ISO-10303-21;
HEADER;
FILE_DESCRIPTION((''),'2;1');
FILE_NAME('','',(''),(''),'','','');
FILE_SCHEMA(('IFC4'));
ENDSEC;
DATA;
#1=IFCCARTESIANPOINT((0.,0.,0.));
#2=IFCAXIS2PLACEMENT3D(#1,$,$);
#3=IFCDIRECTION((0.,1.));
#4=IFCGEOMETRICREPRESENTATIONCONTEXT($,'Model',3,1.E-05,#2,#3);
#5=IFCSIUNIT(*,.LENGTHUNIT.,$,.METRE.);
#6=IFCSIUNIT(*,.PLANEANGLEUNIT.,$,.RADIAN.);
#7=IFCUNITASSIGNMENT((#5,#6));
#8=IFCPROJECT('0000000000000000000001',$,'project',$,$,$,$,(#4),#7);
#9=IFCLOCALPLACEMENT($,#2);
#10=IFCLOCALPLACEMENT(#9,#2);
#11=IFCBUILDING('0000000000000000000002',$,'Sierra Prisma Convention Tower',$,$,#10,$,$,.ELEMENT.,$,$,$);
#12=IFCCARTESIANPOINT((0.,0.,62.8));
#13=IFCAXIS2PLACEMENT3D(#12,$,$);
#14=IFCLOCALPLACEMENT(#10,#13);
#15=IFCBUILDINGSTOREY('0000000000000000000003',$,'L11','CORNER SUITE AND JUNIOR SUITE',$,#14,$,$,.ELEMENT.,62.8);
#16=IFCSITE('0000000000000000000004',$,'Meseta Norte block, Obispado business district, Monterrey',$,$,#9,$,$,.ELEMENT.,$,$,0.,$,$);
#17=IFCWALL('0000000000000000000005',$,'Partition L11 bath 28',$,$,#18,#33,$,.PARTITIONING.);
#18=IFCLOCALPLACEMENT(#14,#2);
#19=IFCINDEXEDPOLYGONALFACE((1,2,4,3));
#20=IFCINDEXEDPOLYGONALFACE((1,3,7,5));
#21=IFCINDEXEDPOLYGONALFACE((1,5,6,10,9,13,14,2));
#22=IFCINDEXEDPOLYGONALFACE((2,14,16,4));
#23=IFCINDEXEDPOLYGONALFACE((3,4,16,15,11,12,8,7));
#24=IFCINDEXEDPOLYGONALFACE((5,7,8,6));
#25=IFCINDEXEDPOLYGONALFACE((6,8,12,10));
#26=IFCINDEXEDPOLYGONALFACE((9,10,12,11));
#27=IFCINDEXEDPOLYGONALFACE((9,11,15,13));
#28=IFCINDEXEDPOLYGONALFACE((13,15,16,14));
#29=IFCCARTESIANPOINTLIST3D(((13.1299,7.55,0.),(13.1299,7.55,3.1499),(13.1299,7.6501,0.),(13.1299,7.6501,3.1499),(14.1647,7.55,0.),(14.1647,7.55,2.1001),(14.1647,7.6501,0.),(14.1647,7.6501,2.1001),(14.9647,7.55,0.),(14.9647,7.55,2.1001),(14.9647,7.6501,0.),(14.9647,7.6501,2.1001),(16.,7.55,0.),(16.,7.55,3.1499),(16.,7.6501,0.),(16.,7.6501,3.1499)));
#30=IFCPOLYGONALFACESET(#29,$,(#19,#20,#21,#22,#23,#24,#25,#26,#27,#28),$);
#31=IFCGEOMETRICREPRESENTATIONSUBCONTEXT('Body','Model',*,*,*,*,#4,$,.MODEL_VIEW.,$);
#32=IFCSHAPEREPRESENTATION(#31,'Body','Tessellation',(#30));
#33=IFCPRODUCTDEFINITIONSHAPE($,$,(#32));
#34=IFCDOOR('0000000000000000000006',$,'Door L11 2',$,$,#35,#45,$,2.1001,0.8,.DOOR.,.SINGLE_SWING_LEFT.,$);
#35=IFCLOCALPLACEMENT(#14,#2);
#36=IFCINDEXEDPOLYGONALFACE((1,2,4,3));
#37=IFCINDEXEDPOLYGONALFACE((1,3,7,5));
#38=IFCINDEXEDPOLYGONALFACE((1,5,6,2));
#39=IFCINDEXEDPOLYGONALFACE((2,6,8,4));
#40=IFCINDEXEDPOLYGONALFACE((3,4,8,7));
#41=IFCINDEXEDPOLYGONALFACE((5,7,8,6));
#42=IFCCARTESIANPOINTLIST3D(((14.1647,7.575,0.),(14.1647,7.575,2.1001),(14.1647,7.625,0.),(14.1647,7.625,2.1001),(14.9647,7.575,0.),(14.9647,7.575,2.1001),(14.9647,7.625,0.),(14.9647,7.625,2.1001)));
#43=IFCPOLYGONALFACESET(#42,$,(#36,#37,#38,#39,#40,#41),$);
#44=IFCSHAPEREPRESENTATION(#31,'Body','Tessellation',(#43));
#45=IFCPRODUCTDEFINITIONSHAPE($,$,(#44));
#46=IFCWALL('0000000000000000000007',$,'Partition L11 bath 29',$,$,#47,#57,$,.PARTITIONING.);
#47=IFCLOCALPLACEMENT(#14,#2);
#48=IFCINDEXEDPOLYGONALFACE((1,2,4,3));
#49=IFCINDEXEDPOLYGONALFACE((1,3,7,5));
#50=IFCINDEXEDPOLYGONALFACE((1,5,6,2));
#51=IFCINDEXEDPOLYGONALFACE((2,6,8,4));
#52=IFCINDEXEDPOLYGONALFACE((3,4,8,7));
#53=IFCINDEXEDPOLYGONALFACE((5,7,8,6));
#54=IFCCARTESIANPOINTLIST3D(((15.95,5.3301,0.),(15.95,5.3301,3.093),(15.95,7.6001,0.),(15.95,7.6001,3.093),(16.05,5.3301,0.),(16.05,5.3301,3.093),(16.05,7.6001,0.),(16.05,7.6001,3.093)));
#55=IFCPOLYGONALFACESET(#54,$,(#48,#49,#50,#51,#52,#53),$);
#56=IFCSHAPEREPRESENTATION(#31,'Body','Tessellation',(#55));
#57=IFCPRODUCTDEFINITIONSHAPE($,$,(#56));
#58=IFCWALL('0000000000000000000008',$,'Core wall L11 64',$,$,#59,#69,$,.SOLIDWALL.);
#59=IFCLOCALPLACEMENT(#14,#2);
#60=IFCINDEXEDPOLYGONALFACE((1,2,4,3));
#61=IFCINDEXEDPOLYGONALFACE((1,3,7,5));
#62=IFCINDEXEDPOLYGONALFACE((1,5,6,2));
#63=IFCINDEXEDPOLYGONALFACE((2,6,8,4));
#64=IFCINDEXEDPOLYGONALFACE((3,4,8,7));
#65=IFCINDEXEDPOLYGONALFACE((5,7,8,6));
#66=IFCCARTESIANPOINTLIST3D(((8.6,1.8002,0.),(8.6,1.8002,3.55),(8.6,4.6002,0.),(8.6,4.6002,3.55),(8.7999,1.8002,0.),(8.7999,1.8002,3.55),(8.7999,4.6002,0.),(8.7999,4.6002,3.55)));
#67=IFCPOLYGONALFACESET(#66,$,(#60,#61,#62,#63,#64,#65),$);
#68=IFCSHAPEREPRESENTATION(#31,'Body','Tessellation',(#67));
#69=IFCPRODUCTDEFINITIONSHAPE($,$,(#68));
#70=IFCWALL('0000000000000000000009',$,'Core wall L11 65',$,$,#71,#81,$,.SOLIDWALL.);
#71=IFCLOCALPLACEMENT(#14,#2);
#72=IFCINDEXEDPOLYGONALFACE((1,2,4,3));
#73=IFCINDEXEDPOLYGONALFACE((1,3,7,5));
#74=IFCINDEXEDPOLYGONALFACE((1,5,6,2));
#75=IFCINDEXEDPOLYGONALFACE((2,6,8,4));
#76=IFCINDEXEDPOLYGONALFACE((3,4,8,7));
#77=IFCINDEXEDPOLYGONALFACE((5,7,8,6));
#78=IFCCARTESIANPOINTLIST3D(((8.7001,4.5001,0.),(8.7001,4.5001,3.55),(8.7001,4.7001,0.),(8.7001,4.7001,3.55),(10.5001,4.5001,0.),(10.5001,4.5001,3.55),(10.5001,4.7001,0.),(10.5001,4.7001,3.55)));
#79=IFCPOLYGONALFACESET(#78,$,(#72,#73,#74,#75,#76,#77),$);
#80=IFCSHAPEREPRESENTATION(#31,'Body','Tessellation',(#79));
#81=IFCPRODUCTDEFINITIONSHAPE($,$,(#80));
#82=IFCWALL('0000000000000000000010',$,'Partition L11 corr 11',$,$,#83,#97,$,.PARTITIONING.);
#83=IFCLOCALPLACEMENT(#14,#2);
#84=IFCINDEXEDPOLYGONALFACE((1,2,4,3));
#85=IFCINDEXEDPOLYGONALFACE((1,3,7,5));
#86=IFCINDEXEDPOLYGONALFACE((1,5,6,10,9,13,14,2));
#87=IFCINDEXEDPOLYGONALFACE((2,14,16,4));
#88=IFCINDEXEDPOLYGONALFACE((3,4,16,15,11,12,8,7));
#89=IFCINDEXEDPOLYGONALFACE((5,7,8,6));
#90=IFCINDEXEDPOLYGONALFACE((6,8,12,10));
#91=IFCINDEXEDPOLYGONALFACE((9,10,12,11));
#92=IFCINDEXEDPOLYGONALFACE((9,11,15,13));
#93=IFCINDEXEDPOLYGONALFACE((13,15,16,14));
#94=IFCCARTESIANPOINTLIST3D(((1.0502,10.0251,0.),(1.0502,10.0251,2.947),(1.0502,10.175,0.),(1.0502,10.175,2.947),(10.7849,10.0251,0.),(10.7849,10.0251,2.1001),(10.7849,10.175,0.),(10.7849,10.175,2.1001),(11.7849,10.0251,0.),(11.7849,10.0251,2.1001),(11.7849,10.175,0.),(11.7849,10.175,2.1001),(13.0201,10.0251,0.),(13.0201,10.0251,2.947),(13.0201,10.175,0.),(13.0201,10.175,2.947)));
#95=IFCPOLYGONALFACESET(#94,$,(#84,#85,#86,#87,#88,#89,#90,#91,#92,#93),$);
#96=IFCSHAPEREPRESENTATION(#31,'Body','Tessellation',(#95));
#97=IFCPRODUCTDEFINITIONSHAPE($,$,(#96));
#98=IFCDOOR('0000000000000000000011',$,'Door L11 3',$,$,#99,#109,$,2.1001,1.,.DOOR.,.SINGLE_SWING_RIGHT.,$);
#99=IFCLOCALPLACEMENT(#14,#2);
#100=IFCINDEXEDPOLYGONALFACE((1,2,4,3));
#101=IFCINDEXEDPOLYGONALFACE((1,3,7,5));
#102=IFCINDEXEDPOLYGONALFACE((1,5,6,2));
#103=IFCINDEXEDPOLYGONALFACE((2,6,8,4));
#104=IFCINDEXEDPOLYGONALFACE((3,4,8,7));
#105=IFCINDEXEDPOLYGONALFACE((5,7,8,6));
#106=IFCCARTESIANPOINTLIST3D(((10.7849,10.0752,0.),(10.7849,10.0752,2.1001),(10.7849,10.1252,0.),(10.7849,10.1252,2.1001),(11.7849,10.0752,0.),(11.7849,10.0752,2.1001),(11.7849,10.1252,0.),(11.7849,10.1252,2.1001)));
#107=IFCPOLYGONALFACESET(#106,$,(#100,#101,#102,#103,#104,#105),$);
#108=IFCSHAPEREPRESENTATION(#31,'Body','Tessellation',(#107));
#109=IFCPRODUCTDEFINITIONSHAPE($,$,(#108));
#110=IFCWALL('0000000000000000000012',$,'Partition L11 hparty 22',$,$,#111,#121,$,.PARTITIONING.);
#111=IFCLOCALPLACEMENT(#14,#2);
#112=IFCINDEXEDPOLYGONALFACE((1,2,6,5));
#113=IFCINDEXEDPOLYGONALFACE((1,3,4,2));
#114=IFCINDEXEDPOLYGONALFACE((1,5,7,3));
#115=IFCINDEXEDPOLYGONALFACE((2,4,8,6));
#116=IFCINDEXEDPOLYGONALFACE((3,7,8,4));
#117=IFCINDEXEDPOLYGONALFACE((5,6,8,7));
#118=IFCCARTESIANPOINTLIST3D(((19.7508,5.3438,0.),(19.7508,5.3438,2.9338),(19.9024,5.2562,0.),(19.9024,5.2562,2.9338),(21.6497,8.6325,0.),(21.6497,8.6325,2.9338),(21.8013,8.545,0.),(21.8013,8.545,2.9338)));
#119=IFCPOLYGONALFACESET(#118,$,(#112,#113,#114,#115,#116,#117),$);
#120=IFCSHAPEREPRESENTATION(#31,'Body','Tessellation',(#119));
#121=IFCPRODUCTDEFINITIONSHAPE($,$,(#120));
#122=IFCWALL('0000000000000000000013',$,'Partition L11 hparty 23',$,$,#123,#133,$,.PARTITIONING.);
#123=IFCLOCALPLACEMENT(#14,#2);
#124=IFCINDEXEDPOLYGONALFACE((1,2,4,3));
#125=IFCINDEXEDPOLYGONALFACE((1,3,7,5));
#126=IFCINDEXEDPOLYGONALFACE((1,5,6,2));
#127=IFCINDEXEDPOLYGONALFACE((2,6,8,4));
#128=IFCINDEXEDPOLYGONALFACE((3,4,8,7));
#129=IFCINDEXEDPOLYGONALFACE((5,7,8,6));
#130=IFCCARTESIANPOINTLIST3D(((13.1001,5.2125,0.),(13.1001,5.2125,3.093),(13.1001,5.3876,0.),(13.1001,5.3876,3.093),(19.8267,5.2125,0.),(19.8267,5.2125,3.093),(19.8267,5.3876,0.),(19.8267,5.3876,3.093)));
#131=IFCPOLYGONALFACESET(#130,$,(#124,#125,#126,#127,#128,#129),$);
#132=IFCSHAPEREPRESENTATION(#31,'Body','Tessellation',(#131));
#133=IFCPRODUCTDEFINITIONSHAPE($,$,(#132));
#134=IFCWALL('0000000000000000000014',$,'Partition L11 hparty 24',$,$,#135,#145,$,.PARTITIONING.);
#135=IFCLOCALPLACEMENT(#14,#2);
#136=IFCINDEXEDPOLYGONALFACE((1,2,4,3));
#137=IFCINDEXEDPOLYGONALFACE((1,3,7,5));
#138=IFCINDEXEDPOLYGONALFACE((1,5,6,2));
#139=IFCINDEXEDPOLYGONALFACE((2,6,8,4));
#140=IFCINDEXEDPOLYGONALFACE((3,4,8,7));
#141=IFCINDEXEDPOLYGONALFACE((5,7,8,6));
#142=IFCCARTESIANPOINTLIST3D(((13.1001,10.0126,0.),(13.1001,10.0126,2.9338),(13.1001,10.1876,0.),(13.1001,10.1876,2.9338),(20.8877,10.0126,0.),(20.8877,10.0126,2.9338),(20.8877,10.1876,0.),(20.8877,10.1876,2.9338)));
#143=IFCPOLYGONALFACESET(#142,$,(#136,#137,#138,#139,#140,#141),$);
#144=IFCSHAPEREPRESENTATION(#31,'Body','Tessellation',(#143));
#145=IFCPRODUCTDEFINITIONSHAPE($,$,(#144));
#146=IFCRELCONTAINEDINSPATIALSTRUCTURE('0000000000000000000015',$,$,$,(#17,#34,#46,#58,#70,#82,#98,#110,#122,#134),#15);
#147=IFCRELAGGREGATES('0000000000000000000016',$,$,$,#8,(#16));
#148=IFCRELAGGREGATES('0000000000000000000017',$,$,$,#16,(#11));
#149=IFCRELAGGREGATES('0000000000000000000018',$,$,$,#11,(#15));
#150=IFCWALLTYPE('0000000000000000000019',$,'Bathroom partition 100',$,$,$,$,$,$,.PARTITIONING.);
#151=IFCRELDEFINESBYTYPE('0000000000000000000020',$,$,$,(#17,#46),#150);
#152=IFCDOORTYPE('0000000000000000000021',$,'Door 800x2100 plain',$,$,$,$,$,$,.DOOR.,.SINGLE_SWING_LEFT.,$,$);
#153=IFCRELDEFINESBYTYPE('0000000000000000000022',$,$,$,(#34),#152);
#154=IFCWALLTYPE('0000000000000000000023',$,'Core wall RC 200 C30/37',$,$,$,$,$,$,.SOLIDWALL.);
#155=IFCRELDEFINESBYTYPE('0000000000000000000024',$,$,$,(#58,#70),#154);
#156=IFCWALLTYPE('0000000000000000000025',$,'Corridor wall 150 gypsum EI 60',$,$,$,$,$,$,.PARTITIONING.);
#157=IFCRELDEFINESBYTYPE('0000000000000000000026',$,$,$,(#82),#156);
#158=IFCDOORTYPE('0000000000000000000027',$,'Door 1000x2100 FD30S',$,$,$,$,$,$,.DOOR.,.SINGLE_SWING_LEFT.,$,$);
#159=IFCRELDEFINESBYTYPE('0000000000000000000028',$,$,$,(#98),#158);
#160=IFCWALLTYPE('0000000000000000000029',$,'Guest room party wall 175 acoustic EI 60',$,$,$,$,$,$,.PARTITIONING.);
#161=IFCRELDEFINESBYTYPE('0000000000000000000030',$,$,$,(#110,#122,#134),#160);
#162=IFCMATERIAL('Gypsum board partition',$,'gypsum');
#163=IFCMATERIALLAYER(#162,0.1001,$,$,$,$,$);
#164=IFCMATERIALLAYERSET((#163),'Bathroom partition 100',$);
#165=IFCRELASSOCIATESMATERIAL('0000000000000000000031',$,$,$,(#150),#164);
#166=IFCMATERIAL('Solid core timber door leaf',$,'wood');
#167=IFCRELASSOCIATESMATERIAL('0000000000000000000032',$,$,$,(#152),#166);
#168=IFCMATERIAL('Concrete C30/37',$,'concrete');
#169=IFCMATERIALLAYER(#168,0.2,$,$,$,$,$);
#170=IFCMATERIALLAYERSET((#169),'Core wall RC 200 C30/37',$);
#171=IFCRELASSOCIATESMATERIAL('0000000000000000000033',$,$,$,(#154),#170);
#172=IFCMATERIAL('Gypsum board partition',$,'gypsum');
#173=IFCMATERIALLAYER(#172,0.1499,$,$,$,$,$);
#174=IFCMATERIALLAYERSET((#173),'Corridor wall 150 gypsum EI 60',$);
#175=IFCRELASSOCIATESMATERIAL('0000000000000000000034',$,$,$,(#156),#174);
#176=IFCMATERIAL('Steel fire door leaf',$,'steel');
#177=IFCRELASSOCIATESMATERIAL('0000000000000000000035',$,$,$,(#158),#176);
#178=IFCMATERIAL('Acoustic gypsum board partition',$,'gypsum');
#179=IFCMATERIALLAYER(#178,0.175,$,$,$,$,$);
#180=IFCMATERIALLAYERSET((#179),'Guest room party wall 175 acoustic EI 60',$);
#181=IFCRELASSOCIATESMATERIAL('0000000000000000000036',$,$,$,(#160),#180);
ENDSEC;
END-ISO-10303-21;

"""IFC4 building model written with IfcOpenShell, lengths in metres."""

from ifc_helpers import new_model, si_unit, direction, frame, frame_2d, origin, place, context, subcontext, project, spatial, rectangle, extrude, material, layer, layer_set, type_object, element, fill, save


model = new_model("IFC4")

# Units and contexts
model_context = context("Model", 3, precision=1e-05, world=origin(), true_north=direction((0.0, 1.0)))
body_context = subcontext(model_context, "Body", "Model", "MODEL_VIEW")
ifc_project = project(units=[si_unit("LENGTHUNIT", "METRE"), si_unit("PLANEANGLEUNIT", "RADIAN")], contexts=[model_context])

# Site, building, storey
site_placement = place(None, origin())
site = spatial("IfcSite", under=ifc_project, at=site_placement, Name="Meseta Norte block, Obispado business district, Monterrey", CompositionType="ELEMENT", RefElevation=0.0)
building_placement = place(site_placement, origin())
building = spatial("IfcBuilding", under=site, at=building_placement, Name="Sierra Prisma Convention Tower", CompositionType="ELEMENT")
storey_placement = place(building_placement, frame((0.0, 0.0, 62.8)))
storey = spatial("IfcBuildingStorey", under=building, at=storey_placement, Name="L11", Description="CORNER SUITE AND JUNIOR SUITE", CompositionType="ELEMENT", Elevation=62.8)

# Wall, opening, door
ifc_material_1 = material(Name="Gypsum board partition", Category="gypsum")
ifc_layer_1 = layer(ifc_material_1, 0.1001)
ifc_layer_set_1 = layer_set([ifc_layer_1], Name="Bathroom partition 100")
wall_type_1 = type_object("IfcWallType", Name="Bathroom partition 100", PredefinedType="PARTITIONING", material=ifc_layer_set_1)
wall_1_placement = place(storey_placement, frame((13.1299, 7.6001, 0.0), z_axis=(0.0, 0.0, 1.0), x_axis=(1.0, 0.0, 0.0)))
wall_1 = element("IfcWall", 1, at=wall_1_placement, inside=storey, type_object=wall_type_1, Name="Partition L11 bath 28", PredefinedType="PARTITIONING", context=body_context, shape_type="SweptSolid", body=[
    extrude(rectangle(XDim=2.8701, YDim=0.1001, at=frame_2d((1.4351, 0.0))), origin(), (0.0, 0.0, 1.0), 3.1499),
])
opening_1_placement = place(wall_1_placement, frame((1.0349, 0.0, 0.0)))
opening_1 = element("IfcOpeningElement", 2, at=opening_1_placement, cuts=wall_1, PredefinedType="OPENING", context=body_context, shape_type="SweptSolid", body=[
    extrude(rectangle(XDim=0.8, YDim=2.1001, at=frame_2d((0.3999, 1.05))), frame((0.0, 0.05, 0.0), z_axis=(0.0, -1.0, 0.0), x_axis=(1.0, 0.0, 0.0)), (0.0, 0.0, 1.0), 0.1001),
])
ifc_material_2 = material(Name="Solid core timber door leaf", Category="wood")
door_type_1 = type_object("IfcDoorType", Name="Door 800x2100 plain", OperationType="SINGLE_SWING_LEFT", PredefinedType="DOOR", material=ifc_material_2)
door_1_placement = place(opening_1_placement, origin())
door_1 = element("IfcDoor", 3, at=door_1_placement, inside=storey, type_object=door_type_1, Name="Door L11 2", OperationType="SINGLE_SWING_LEFT", OverallHeight=2.1001, OverallWidth=0.8, PredefinedType="DOOR", context=body_context, shape_type="SweptSolid", body=[
    extrude(rectangle(XDim=0.8, YDim=2.1001, at=frame_2d((0.3999, 1.05))), frame((0.0, 0.0249, 0.0), z_axis=(0.0, -1.0, 0.0), x_axis=(1.0, 0.0, 0.0)), (0.0, 0.0, 1.0), 0.05),
])
fill(opening_1, door_1)

# Wall
wall_2_placement = place(storey_placement, frame((16.0, 7.6001, 0.0), z_axis=(0.0, 0.0, 1.0), x_axis=(0.0, -1.0, 0.0)))
element("IfcWall", 4, at=wall_2_placement, inside=storey, type_object=wall_type_1, Name="Partition L11 bath 29", PredefinedType="PARTITIONING", context=body_context, shape_type="SweptSolid", body=[
    extrude(rectangle(XDim=2.27, YDim=0.1001, at=frame_2d((1.135, 0.0))), origin(), (0.0, 0.0, 1.0), 3.093),
])

# Shared definitions
ifc_material_3 = material(Name="Concrete C30/37", Category="concrete")
ifc_layer_2 = layer(ifc_material_3, 0.2)
ifc_layer_set_2 = layer_set([ifc_layer_2], Name="Core wall RC 200 C30/37")
wall_type_2 = type_object("IfcWallType", Name="Core wall RC 200 C30/37", PredefinedType="SOLIDWALL", material=ifc_layer_set_2)

# Walls
wall_3_placement = place(storey_placement, frame((8.7, 4.6001, 0.0), z_axis=(0.0, 0.0, 1.0), x_axis=(0.0, -1.0, 0.0)))
element("IfcWall", 5, at=wall_3_placement, inside=storey, type_object=wall_type_2, Name="Core wall L11 64", PredefinedType="SOLIDWALL", context=body_context, shape_type="SweptSolid", body=[
    extrude(rectangle(XDim=2.8, YDim=0.2, at=frame_2d((1.3999, 0.0))), origin(), (0.0, 0.0, 1.0), 3.55),
])
wall_4_placement = place(storey_placement, frame((10.5, 4.6001, 0.0), z_axis=(0.0, 0.0, 1.0), x_axis=(-1.0, 0.0, 0.0)))
element("IfcWall", 6, at=wall_4_placement, inside=storey, type_object=wall_type_2, Name="Core wall L11 65", PredefinedType="SOLIDWALL", context=body_context, shape_type="SweptSolid", body=[
    extrude(rectangle(XDim=1.8, YDim=0.2, at=frame_2d((0.8999, 0.0))), origin(), (0.0, 0.0, 1.0), 3.55),
])

# Wall, opening, door
ifc_material_4 = material(Name="Gypsum board partition", Category="gypsum")
ifc_layer_3 = layer(ifc_material_4, 0.1499)
ifc_layer_set_3 = layer_set([ifc_layer_3], Name="Corridor wall 150 gypsum EI 60")
wall_type_3 = type_object("IfcWallType", Name="Corridor wall 150 gypsum EI 60", PredefinedType="PARTITIONING", material=ifc_layer_set_3)
wall_5_placement = place(storey_placement, frame((13.02, 10.1001, 0.0), z_axis=(0.0, 0.0, 1.0), x_axis=(-1.0, 0.0, 0.0)))
wall_5 = element("IfcWall", 7, at=wall_5_placement, inside=storey, type_object=wall_type_3, Name="Partition L11 corr 11", PredefinedType="PARTITIONING", context=body_context, shape_type="SweptSolid", body=[
    extrude(rectangle(XDim=11.97, YDim=0.1499, at=frame_2d((5.9849, 0.0))), origin(), (0.0, 0.0, 1.0), 2.947),
])
opening_2_placement = place(wall_5_placement, frame((1.2351, 0.0, 0.0)))
opening_2 = element("IfcOpeningElement", 8, at=opening_2_placement, cuts=wall_5, PredefinedType="OPENING", context=body_context, shape_type="SweptSolid", body=[
    extrude(rectangle(XDim=1.0, YDim=2.1001, at=frame_2d((0.5, 1.05))), frame((0.0, 0.075, 0.0), z_axis=(0.0, -1.0, 0.0), x_axis=(1.0, 0.0, 0.0)), (0.0, 0.0, 1.0), 0.1499),
])
ifc_material_5 = material(Name="Steel fire door leaf", Category="steel")
door_type_2 = type_object("IfcDoorType", Name="Door 1000x2100 FD30S", OperationType="SINGLE_SWING_LEFT", PredefinedType="DOOR", material=ifc_material_5)
door_2_placement = place(opening_2_placement, origin())
door_2 = element("IfcDoor", 9, at=door_2_placement, inside=storey, type_object=door_type_2, Name="Door L11 3", OperationType="SINGLE_SWING_RIGHT", OverallHeight=2.1001, OverallWidth=1.0, PredefinedType="DOOR", context=body_context, shape_type="SweptSolid", body=[
    extrude(rectangle(XDim=1.0, YDim=2.1001, at=frame_2d((0.5, 1.05))), frame((0.0, 0.0249, 0.0), z_axis=(0.0, -1.0, 0.0), x_axis=(1.0, 0.0, 0.0)), (0.0, 0.0, 1.0), 0.05),
])
fill(opening_2, door_2)

# Walls
ifc_material_6 = material(Name="Acoustic gypsum board partition", Category="gypsum")
ifc_layer_4 = layer(ifc_material_6, 0.175)
ifc_layer_set_4 = layer_set([ifc_layer_4], Name="Guest room party wall 175 acoustic EI 60")
wall_type_4 = type_object("IfcWallType", Name="Guest room party wall 175 acoustic EI 60", PredefinedType="PARTITIONING", material=ifc_layer_set_4)
wall_6_placement = place(storey_placement, frame((21.7256, 8.5889, 0.0), z_axis=(0.0, 0.0, 1.0), x_axis=(-0.500025, -0.866011, 0.0)))
element("IfcWall", 10, at=wall_6_placement, inside=storey, type_object=wall_type_4, Name="Partition L11 hparty 22", PredefinedType="PARTITIONING", context=body_context, shape_type="SweptSolid", body=[
    extrude(rectangle(XDim=3.7976, YDim=0.175, at=frame_2d((1.8989, 0.0))), origin(), (0.0, 0.0, 1.0), 2.9338),
])
wall_7_placement = place(storey_placement, frame((19.8267, 5.3, 0.0), z_axis=(0.0, 0.0, 1.0), x_axis=(-1.0, 0.0, 0.0)))
element("IfcWall", 11, at=wall_7_placement, inside=storey, type_object=wall_type_4, Name="Partition L11 hparty 23", PredefinedType="PARTITIONING", context=body_context, shape_type="SweptSolid", body=[
    extrude(rectangle(XDim=6.7266, YDim=0.175, at=frame_2d((3.3633, 0.0))), origin(), (0.0, 0.0, 1.0), 3.093),
])
wall_8_placement = place(storey_placement, frame((13.1001, 10.1001, 0.0), z_axis=(0.0, 0.0, 1.0), x_axis=(1.0, 0.0, 0.0)))
element("IfcWall", 12, at=wall_8_placement, inside=storey, type_object=wall_type_4, Name="Partition L11 hparty 24", PredefinedType="PARTITIONING", context=body_context, shape_type="SweptSolid", body=[
    extrude(rectangle(XDim=7.7876, YDim=0.175, at=frame_2d((3.8938, 0.0))), origin(), (0.0, 0.0, 1.0), 2.9338),
])

save(model, "model.ifc")
